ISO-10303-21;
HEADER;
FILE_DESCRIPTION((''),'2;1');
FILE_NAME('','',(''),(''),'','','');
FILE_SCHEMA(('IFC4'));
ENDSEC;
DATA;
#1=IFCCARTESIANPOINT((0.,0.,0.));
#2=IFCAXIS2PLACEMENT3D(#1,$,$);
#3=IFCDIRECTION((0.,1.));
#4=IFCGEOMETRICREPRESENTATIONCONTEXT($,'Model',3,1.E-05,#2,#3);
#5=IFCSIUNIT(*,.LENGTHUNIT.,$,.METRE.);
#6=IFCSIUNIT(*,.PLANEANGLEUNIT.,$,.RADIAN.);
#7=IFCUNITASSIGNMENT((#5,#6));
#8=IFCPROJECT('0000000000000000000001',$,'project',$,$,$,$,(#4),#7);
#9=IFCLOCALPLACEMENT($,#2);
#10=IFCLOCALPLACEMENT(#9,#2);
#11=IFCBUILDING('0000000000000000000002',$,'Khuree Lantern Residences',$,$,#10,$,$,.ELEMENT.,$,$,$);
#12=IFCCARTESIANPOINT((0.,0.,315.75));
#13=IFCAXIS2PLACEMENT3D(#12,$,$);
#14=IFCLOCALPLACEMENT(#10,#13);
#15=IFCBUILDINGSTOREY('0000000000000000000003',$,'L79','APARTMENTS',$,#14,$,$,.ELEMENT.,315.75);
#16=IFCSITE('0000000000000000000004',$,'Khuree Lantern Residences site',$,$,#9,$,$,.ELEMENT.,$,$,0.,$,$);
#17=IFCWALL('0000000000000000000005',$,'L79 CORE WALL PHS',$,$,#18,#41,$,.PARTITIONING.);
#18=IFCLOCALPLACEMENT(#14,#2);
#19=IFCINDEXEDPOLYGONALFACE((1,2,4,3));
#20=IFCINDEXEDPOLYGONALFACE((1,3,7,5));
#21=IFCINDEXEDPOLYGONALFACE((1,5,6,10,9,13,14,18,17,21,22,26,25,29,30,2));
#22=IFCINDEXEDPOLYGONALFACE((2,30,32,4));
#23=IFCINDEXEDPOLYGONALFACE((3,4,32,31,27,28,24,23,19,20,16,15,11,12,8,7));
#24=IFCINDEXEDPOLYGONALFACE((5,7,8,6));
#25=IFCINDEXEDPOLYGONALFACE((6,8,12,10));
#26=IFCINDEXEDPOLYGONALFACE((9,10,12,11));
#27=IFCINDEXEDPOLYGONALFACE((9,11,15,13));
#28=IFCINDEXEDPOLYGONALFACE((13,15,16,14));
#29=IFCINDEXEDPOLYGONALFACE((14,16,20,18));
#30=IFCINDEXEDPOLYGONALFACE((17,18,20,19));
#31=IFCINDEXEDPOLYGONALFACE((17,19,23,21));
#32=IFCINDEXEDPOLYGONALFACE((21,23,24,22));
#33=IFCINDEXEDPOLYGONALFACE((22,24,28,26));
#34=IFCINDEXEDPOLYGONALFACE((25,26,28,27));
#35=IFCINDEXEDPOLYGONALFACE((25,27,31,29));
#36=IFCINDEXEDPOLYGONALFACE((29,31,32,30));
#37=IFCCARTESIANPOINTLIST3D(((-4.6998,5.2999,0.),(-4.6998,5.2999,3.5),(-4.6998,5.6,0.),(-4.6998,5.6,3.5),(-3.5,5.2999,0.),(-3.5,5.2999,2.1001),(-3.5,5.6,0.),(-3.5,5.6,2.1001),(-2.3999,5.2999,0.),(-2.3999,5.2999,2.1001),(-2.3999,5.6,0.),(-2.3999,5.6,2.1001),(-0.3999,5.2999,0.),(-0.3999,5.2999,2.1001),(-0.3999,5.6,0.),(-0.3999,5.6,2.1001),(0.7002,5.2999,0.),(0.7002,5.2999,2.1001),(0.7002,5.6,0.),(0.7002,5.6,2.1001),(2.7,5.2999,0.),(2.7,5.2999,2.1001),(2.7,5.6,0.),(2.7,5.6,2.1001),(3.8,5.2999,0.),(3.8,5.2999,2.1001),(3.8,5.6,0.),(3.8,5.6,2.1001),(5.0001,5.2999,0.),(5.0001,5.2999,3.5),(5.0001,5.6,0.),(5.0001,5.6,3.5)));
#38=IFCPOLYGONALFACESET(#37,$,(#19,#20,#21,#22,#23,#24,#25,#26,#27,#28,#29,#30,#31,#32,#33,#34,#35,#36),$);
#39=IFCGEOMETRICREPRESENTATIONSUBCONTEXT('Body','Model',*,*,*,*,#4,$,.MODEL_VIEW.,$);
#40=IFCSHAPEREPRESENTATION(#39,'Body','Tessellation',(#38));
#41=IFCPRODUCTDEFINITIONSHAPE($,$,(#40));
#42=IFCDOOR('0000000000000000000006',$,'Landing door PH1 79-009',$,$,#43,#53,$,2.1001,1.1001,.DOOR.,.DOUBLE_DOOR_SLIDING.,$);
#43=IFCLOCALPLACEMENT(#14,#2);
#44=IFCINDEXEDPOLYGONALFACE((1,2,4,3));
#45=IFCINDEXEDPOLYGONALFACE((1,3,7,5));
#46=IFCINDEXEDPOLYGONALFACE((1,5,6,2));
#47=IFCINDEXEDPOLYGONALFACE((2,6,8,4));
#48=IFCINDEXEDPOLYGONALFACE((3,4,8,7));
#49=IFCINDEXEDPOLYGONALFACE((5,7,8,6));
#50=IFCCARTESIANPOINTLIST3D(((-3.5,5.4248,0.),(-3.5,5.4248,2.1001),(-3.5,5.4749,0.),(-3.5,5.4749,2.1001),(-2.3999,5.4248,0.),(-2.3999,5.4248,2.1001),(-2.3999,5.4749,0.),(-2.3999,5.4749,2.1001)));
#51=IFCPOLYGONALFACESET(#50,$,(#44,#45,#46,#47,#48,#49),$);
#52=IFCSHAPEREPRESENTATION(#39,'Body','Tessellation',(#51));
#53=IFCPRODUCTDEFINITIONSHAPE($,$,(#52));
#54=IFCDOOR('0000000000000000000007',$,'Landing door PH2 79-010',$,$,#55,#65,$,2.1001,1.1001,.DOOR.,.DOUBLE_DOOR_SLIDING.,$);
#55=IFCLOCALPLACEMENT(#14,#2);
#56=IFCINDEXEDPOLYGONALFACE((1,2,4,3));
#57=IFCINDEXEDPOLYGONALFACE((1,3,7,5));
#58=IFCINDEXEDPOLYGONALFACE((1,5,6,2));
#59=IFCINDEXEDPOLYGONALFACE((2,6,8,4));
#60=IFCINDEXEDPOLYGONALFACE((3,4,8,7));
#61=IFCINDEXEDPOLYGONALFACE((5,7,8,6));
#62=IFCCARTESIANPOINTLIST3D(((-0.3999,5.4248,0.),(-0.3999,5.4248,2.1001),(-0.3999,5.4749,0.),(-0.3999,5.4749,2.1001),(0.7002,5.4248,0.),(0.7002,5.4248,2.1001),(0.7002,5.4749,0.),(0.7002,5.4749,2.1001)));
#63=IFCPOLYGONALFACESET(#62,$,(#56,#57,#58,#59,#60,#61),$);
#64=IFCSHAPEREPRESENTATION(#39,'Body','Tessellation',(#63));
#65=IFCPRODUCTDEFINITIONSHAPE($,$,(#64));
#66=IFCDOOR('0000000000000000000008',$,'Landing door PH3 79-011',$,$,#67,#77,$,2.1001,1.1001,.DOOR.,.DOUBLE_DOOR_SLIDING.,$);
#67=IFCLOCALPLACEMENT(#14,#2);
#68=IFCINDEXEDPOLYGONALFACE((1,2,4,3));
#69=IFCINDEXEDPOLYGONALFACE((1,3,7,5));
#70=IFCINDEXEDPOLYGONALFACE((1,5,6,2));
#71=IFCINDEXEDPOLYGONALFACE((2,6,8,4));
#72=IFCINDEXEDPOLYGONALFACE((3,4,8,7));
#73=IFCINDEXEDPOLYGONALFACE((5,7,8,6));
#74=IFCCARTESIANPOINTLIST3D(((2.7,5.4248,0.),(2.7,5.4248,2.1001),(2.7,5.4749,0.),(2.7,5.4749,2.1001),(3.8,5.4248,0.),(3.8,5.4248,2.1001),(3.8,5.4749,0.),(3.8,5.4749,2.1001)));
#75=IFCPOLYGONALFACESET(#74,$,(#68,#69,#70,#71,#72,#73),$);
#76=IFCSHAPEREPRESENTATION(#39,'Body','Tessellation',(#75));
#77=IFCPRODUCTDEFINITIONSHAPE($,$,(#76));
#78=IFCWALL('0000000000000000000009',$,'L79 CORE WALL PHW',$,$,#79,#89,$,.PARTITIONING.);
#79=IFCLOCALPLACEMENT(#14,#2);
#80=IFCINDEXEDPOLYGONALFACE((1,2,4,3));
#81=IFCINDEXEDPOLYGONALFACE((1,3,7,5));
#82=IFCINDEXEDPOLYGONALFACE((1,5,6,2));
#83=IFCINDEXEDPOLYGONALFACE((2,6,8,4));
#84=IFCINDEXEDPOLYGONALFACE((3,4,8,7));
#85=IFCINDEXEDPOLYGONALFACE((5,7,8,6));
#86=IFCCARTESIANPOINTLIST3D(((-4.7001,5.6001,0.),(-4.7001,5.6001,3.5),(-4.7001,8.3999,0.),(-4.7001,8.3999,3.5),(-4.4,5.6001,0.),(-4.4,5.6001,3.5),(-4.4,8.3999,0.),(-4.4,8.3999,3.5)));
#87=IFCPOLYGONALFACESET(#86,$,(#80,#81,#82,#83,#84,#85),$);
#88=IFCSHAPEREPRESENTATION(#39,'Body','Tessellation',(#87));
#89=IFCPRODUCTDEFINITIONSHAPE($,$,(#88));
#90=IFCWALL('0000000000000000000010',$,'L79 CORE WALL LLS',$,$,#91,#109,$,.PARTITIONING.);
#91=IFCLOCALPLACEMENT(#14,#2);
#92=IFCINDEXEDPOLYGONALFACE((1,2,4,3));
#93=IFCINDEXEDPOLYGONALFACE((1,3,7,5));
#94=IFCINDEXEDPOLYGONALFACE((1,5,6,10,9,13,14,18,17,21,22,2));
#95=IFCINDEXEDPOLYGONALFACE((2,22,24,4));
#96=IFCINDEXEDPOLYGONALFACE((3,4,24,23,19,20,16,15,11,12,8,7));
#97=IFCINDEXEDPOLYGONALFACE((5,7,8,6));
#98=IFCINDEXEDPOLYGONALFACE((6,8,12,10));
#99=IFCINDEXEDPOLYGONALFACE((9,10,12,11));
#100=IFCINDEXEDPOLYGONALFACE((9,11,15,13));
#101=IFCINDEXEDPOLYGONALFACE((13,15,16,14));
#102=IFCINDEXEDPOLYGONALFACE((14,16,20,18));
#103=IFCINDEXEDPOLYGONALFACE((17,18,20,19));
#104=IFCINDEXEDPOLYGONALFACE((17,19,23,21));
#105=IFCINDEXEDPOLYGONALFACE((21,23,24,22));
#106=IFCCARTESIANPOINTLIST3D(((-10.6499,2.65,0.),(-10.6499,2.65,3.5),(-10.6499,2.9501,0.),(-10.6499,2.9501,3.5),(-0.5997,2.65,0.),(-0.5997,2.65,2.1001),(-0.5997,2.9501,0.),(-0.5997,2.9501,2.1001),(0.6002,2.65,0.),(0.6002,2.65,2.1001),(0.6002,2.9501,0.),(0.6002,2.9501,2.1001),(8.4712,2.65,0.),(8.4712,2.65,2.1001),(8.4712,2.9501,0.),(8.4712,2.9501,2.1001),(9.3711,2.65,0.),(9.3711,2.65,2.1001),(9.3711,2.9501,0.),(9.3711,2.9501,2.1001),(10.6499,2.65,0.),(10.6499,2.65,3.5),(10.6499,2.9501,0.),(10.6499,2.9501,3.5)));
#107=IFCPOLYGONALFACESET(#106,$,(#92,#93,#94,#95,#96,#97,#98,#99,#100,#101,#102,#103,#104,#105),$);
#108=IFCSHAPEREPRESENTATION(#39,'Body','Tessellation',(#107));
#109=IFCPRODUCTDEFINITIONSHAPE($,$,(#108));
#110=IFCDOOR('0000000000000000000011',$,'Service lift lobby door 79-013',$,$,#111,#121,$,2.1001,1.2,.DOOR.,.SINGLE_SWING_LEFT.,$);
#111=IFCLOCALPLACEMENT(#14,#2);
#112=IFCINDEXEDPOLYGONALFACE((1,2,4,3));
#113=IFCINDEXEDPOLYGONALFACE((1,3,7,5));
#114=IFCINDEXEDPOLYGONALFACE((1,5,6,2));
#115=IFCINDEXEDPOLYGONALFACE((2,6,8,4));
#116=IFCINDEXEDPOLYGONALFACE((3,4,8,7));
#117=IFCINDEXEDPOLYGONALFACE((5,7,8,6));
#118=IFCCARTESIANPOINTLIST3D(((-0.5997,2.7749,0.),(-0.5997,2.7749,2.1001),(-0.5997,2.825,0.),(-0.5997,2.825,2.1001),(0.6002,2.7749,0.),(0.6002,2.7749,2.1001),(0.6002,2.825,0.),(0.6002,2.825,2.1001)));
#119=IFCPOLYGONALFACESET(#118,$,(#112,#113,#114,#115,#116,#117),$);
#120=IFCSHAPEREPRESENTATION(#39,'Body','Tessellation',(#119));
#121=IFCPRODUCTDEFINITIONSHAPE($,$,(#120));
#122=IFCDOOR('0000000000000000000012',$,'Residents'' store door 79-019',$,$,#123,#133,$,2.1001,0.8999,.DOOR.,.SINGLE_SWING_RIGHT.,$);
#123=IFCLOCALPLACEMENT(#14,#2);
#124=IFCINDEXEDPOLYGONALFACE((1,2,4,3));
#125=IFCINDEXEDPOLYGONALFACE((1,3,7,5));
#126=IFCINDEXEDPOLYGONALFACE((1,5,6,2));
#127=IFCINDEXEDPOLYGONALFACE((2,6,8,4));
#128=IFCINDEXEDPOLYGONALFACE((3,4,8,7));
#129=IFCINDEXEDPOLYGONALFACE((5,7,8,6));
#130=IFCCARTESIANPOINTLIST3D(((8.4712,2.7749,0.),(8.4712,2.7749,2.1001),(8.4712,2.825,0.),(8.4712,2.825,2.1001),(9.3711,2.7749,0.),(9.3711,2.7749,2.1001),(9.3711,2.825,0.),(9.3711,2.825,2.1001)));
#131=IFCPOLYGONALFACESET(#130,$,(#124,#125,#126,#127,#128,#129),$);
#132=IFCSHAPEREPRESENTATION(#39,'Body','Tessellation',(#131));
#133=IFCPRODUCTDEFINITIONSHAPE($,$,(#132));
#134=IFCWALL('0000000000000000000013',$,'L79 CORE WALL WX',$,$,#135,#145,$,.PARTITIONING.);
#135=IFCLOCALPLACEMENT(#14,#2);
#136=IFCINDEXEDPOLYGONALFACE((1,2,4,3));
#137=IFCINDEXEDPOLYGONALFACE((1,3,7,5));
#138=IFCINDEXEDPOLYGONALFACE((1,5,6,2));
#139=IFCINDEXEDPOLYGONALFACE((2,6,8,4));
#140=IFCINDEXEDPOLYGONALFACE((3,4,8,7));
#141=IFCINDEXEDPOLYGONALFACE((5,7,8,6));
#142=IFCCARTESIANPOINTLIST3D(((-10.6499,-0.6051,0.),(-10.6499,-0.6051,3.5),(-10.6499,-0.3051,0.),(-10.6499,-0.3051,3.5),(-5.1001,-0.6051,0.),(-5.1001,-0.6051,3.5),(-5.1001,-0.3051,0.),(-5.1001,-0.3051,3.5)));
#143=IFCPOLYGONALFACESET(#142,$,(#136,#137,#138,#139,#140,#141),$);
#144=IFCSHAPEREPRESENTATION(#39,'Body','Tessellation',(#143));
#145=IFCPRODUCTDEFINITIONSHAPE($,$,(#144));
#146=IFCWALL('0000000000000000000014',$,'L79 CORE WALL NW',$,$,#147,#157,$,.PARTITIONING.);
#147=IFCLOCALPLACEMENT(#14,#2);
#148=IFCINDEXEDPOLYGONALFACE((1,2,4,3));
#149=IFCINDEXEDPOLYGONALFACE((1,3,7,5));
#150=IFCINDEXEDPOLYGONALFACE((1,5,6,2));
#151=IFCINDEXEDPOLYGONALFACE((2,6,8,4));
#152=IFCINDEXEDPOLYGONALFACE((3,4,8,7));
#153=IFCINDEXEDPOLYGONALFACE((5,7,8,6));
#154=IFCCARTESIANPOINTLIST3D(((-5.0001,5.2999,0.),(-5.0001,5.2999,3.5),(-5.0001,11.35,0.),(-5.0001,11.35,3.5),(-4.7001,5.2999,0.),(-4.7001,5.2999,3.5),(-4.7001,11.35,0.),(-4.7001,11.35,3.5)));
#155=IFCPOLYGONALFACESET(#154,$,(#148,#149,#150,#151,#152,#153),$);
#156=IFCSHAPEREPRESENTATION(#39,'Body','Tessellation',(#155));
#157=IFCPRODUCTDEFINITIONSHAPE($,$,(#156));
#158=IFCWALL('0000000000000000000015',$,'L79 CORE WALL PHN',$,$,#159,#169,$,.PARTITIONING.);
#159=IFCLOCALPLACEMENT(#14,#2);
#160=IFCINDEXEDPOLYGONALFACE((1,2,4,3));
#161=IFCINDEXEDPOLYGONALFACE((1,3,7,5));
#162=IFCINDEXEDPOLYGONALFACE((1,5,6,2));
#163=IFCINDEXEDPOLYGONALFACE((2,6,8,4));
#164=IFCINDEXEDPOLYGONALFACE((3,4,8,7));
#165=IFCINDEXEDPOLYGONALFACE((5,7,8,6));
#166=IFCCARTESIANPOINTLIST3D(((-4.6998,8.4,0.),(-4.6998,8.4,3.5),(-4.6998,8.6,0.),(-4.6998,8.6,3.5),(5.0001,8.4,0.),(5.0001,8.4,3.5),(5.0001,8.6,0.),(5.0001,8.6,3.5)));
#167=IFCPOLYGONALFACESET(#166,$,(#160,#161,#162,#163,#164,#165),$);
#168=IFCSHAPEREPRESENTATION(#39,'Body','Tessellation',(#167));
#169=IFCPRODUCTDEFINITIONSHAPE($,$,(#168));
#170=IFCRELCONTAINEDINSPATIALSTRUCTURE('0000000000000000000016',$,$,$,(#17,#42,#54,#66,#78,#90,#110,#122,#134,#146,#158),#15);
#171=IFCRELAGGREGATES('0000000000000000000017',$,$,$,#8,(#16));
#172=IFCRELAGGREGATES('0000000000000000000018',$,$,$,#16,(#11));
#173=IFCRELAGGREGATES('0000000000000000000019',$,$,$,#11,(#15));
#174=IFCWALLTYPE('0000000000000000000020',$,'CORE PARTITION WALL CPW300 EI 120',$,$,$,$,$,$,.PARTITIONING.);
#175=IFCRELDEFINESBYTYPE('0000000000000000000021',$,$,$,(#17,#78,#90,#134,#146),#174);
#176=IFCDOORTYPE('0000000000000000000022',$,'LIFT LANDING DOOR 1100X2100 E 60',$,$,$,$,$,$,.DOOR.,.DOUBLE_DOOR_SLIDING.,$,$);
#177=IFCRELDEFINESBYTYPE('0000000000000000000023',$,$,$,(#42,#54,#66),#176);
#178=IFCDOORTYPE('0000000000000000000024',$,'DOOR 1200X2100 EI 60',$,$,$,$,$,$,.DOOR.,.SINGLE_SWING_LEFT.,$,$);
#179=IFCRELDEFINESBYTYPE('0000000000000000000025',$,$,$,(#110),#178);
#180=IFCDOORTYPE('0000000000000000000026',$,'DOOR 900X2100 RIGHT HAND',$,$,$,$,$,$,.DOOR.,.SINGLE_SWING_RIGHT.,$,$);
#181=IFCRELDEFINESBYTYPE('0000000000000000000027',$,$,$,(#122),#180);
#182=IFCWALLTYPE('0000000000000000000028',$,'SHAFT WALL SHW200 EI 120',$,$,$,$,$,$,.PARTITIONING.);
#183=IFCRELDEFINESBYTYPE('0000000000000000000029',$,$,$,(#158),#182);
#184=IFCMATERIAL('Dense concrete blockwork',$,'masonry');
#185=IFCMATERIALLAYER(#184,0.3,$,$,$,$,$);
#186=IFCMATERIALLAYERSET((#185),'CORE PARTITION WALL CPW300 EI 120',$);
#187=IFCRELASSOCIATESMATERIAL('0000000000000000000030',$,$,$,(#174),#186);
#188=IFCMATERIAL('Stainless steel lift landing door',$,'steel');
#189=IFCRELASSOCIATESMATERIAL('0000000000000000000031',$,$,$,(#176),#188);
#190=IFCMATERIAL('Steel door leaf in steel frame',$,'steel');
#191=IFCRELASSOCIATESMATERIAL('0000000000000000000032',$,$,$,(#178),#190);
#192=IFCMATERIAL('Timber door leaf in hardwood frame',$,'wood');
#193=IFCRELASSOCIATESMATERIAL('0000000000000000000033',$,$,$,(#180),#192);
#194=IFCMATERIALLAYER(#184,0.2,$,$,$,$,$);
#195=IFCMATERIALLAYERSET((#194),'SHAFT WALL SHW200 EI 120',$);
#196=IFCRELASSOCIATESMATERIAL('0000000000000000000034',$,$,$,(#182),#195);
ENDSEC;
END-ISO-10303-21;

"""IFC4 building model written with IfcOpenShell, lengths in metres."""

from ifc_helpers import new_model, si_unit, direction, frame, frame_2d, origin, place, context, subcontext, project, spatial, rectangle, extrude, material, layer, layer_set, type_object, element, fill, save


model = new_model("IFC4")

# Units and contexts
model_context = context("Model", 3, precision=1e-05, world=origin(), true_north=direction((0.0, 1.0)))
body_context = subcontext(model_context, "Body", "Model", "MODEL_VIEW")
ifc_project = project(units=[si_unit("LENGTHUNIT", "METRE"), si_unit("PLANEANGLEUNIT", "RADIAN")], contexts=[model_context])

# Site, building, storey
site_placement = place(None, origin())
site = spatial("IfcSite", under=ifc_project, at=site_placement, Name="Khuree Lantern Residences site", CompositionType="ELEMENT", RefElevation=0.0)
building_placement = place(site_placement, origin())
building = spatial("IfcBuilding", under=site, at=building_placement, Name="Khuree Lantern Residences", CompositionType="ELEMENT")
storey_placement = place(building_placement, frame((0.0, 0.0, 315.75)))
storey = spatial("IfcBuildingStorey", under=building, at=storey_placement, Name="L79", Description="APARTMENTS", CompositionType="ELEMENT", Elevation=315.75)

# Wall, openings, doors
ifc_material_1 = material(Name="Dense concrete blockwork", Category="masonry")
ifc_layer_1 = layer(ifc_material_1, 0.3)
ifc_layer_set_1 = layer_set([ifc_layer_1], Name="CORE PARTITION WALL CPW300 EI 120")
wall_type_1 = type_object("IfcWallType", Name="CORE PARTITION WALL CPW300 EI 120", PredefinedType="PARTITIONING", material=ifc_layer_set_1)
wall_1_placement = place(storey_placement, frame((-4.7, 5.45, 0.0), z_axis=(0.0, 0.0, 1.0), x_axis=(1.0, 0.0, 0.0)))
wall_1 = element("IfcWall", 1, at=wall_1_placement, inside=storey, type_object=wall_type_1, Name="L79 CORE WALL PHS", PredefinedType="PARTITIONING", context=body_context, shape_type="SweptSolid", body=[
    extrude(rectangle(XDim=9.7, YDim=0.3, at=frame_2d((4.8501, 0.0))), origin(), (0.0, 0.0, 1.0), 3.5),
])
opening_1_placement = place(wall_1_placement, frame((1.2, 0.0, 0.0)))
opening_1 = element("IfcOpeningElement", 2, at=opening_1_placement, cuts=wall_1, PredefinedType="OPENING", context=body_context, shape_type="SweptSolid", body=[
    extrude(rectangle(XDim=1.1001, YDim=2.1001, at=frame_2d((0.55, 1.05))), frame((0.0, 0.1602, 0.0), z_axis=(0.0, -1.0, 0.0), x_axis=(1.0, 0.0, 0.0)), (0.0, 0.0, 1.0), 0.3201),
])
opening_2_placement = place(wall_1_placement, frame((4.3, 0.0, 0.0)))
opening_2 = element("IfcOpeningElement", 3, at=opening_2_placement, cuts=wall_1, PredefinedType="OPENING", context=body_context, shape_type="SweptSolid", body=[
    extrude(rectangle(XDim=1.1001, YDim=2.1001, at=frame_2d((0.55, 1.05))), frame((0.0, 0.1602, 0.0), z_axis=(0.0, -1.0, 0.0), x_axis=(1.0, 0.0, 0.0)), (0.0, 0.0, 1.0), 0.3201),
])
opening_3_placement = place(wall_1_placement, frame((7.3999, 0.0, 0.0)))
opening_3 = element("IfcOpeningElement", 4, at=opening_3_placement, cuts=wall_1, PredefinedType="OPENING", context=body_context, shape_type="SweptSolid", body=[
    extrude(rectangle(XDim=1.1001, YDim=2.1001, at=frame_2d((0.55, 1.05))), frame((0.0, 0.1602, 0.0), z_axis=(0.0, -1.0, 0.0), x_axis=(1.0, 0.0, 0.0)), (0.0, 0.0, 1.0), 0.3201),
])
ifc_material_2 = material(Name="Stainless steel lift landing door", Category="steel")
door_type_1 = type_object("IfcDoorType", Name="LIFT LANDING DOOR 1100X2100 E 60", OperationType="DOUBLE_DOOR_SLIDING", PredefinedType="DOOR", material=ifc_material_2)
door_1_placement = place(opening_1_placement, origin())
door_1 = element("IfcDoor", 5, at=door_1_placement, inside=storey, type_object=door_type_1, Name="Landing door PH1 79-009", OperationType="DOUBLE_DOOR_SLIDING", OverallHeight=2.1001, OverallWidth=1.1001, PredefinedType="DOOR", context=body_context, shape_type="SweptSolid", body=[
    extrude(rectangle(XDim=1.1001, YDim=2.1001, at=frame_2d((0.55, 1.05))), frame((0.0, 0.0249, 0.0), z_axis=(0.0, -1.0, 0.0), x_axis=(1.0, 0.0, 0.0)), (0.0, 0.0, 1.0), 0.05),
])
fill(opening_1, door_1)
door_2_placement = place(opening_2_placement, origin())
door_2 = element("IfcDoor", 6, at=door_2_placement, inside=storey, type_object=door_type_1, Name="Landing door PH2 79-010", OperationType="DOUBLE_DOOR_SLIDING", OverallHeight=2.1001, OverallWidth=1.1001, PredefinedType="DOOR", context=body_context, shape_type="SweptSolid", body=[
    extrude(rectangle(XDim=1.1001, YDim=2.1001, at=frame_2d((0.55, 1.05))), frame((0.0, 0.0249, 0.0), z_axis=(0.0, -1.0, 0.0), x_axis=(1.0, 0.0, 0.0)), (0.0, 0.0, 1.0), 0.05),
])
fill(opening_2, door_2)
door_3_placement = place(opening_3_placement, origin())
door_3 = element("IfcDoor", 7, at=door_3_placement, inside=storey, type_object=door_type_1, Name="Landing door PH3 79-011", OperationType="DOUBLE_DOOR_SLIDING", OverallHeight=2.1001, OverallWidth=1.1001, PredefinedType="DOOR", context=body_context, shape_type="SweptSolid", body=[
    extrude(rectangle(XDim=1.1001, YDim=2.1001, at=frame_2d((0.55, 1.05))), frame((0.0, 0.0249, 0.0), z_axis=(0.0, -1.0, 0.0), x_axis=(1.0, 0.0, 0.0)), (0.0, 0.0, 1.0), 0.05),
])
fill(opening_3, door_3)

# Wall
wall_2_placement = place(storey_placement, frame((-4.55, 5.6001, 0.0), z_axis=(0.0, 0.0, 1.0), x_axis=(0.0, 1.0, 0.0)))
element("IfcWall", 8, at=wall_2_placement, inside=storey, type_object=wall_type_1, Name="L79 CORE WALL PHW", PredefinedType="PARTITIONING", context=body_context, shape_type="SweptSolid", body=[
    extrude(rectangle(XDim=2.7998, YDim=0.3, at=frame_2d((1.3999, 0.0))), origin(), (0.0, 0.0, 1.0), 3.5),
])

# Wall, openings, doors
wall_3_placement = place(storey_placement, frame((-10.6499, 2.8, 0.0), z_axis=(0.0, 0.0, 1.0), x_axis=(1.0, 0.0, 0.0)))
wall_3 = element("IfcWall", 9, at=wall_3_placement, inside=storey, type_object=wall_type_1, Name="L79 CORE WALL LLS", PredefinedType="PARTITIONING", context=body_context, shape_type="SweptSolid", body=[
    extrude(rectangle(XDim=21.2998, YDim=0.3, at=frame_2d((10.6499, 0.0))), origin(), (0.0, 0.0, 1.0), 3.5),
])
opening_4_placement = place(wall_3_placement, frame((10.05, 0.0, 0.0)))
opening_4 = element("IfcOpeningElement", 10, at=opening_4_placement, cuts=wall_3, PredefinedType="OPENING", context=body_context, shape_type="SweptSolid", body=[
    extrude(rectangle(XDim=1.2, YDim=2.1001, at=frame_2d((0.6001, 1.05))), frame((0.0, 0.1602, 0.0), z_axis=(0.0, -1.0, 0.0), x_axis=(1.0, 0.0, 0.0)), (0.0, 0.0, 1.0), 0.3201),
])
opening_5_placement = place(wall_3_placement, frame((19.1211, 0.0, 0.0)))
opening_5 = element("IfcOpeningElement", 11, at=opening_5_placement, cuts=wall_3, PredefinedType="OPENING", context=body_context, shape_type="SweptSolid", body=[
    extrude(rectangle(XDim=0.8999, YDim=2.1001, at=frame_2d((0.45, 1.05))), frame((0.0, 0.1602, 0.0), z_axis=(0.0, -1.0, 0.0), x_axis=(1.0, 0.0, 0.0)), (0.0, 0.0, 1.0), 0.3201),
])
ifc_material_3 = material(Name="Steel door leaf in steel frame", Category="steel")
door_type_2 = type_object("IfcDoorType", Name="DOOR 1200X2100 EI 60", OperationType="SINGLE_SWING_LEFT", PredefinedType="DOOR", material=ifc_material_3)
door_4_placement = place(opening_4_placement, origin())
door_4 = element("IfcDoor", 12, at=door_4_placement, inside=storey, type_object=door_type_2, Name="Service lift lobby door 79-013", OperationType="SINGLE_SWING_LEFT", OverallHeight=2.1001, OverallWidth=1.2, PredefinedType="DOOR", context=body_context, shape_type="SweptSolid", body=[
    extrude(rectangle(XDim=1.2, YDim=2.1001, at=frame_2d((0.6001, 1.05))), frame((0.0, 0.0249, 0.0), z_axis=(0.0, -1.0, 0.0), x_axis=(1.0, 0.0, 0.0)), (0.0, 0.0, 1.0), 0.05),
])
fill(opening_4, door_4)
ifc_material_4 = material(Name="Timber door leaf in hardwood frame", Category="wood")
door_type_3 = type_object("IfcDoorType", Name="DOOR 900X2100 RIGHT HAND", OperationType="SINGLE_SWING_RIGHT", PredefinedType="DOOR", material=ifc_material_4)
door_5_placement = place(opening_5_placement, origin())
door_5 = element("IfcDoor", 13, at=door_5_placement, inside=storey, type_object=door_type_3, Name="Residents' store door 79-019", OperationType="SINGLE_SWING_RIGHT", OverallHeight=2.1001, OverallWidth=0.8999, PredefinedType="DOOR", context=body_context, shape_type="SweptSolid", body=[
    extrude(rectangle(XDim=0.8999, YDim=2.1001, at=frame_2d((0.45, 1.05))), frame((0.0, 0.0249, 0.0), z_axis=(0.0, -1.0, 0.0), x_axis=(1.0, 0.0, 0.0)), (0.0, 0.0, 1.0), 0.05),
])
fill(opening_5, door_5)

# Walls
wall_4_placement = place(storey_placement, frame((-10.6499, -0.4551, 0.0), z_axis=(0.0, 0.0, 1.0), x_axis=(1.0, 0.0, 0.0)))
element("IfcWall", 14, at=wall_4_placement, inside=storey, type_object=wall_type_1, Name="L79 CORE WALL WX", PredefinedType="PARTITIONING", context=body_context, shape_type="SweptSolid", body=[
    extrude(rectangle(XDim=5.5498, YDim=0.3, at=frame_2d((2.7749, 0.0))), origin(), (0.0, 0.0, 1.0), 3.5),
])
wall_5_placement = place(storey_placement, frame((-4.8501, 5.3, 0.0), z_axis=(0.0, 0.0, 1.0), x_axis=(0.0, 1.0, 0.0)))
element("IfcWall", 15, at=wall_5_placement, inside=storey, type_object=wall_type_1, Name="L79 CORE WALL NW", PredefinedType="PARTITIONING", context=body_context, shape_type="SweptSolid", body=[
    extrude(rectangle(XDim=6.05, YDim=0.3, at=frame_2d((3.0249, 0.0))), origin(), (0.0, 0.0, 1.0), 3.5),
])
ifc_layer_2 = layer(ifc_material_1, 0.2)
ifc_layer_set_2 = layer_set([ifc_layer_2], Name="SHAFT WALL SHW200 EI 120")
wall_type_2 = type_object("IfcWallType", Name="SHAFT WALL SHW200 EI 120", PredefinedType="PARTITIONING", material=ifc_layer_set_2)
wall_6_placement = place(storey_placement, frame((-4.7, 8.5, 0.0), z_axis=(0.0, 0.0, 1.0), x_axis=(1.0, 0.0, 0.0)))
element("IfcWall", 16, at=wall_6_placement, inside=storey, type_object=wall_type_2, Name="L79 CORE WALL PHN", PredefinedType="PARTITIONING", context=body_context, shape_type="SweptSolid", body=[
    extrude(rectangle(XDim=9.7, YDim=0.2, at=frame_2d((4.8501, 0.0))), origin(), (0.0, 0.0, 1.0), 3.5),
])

save(model, "model.ifc")
